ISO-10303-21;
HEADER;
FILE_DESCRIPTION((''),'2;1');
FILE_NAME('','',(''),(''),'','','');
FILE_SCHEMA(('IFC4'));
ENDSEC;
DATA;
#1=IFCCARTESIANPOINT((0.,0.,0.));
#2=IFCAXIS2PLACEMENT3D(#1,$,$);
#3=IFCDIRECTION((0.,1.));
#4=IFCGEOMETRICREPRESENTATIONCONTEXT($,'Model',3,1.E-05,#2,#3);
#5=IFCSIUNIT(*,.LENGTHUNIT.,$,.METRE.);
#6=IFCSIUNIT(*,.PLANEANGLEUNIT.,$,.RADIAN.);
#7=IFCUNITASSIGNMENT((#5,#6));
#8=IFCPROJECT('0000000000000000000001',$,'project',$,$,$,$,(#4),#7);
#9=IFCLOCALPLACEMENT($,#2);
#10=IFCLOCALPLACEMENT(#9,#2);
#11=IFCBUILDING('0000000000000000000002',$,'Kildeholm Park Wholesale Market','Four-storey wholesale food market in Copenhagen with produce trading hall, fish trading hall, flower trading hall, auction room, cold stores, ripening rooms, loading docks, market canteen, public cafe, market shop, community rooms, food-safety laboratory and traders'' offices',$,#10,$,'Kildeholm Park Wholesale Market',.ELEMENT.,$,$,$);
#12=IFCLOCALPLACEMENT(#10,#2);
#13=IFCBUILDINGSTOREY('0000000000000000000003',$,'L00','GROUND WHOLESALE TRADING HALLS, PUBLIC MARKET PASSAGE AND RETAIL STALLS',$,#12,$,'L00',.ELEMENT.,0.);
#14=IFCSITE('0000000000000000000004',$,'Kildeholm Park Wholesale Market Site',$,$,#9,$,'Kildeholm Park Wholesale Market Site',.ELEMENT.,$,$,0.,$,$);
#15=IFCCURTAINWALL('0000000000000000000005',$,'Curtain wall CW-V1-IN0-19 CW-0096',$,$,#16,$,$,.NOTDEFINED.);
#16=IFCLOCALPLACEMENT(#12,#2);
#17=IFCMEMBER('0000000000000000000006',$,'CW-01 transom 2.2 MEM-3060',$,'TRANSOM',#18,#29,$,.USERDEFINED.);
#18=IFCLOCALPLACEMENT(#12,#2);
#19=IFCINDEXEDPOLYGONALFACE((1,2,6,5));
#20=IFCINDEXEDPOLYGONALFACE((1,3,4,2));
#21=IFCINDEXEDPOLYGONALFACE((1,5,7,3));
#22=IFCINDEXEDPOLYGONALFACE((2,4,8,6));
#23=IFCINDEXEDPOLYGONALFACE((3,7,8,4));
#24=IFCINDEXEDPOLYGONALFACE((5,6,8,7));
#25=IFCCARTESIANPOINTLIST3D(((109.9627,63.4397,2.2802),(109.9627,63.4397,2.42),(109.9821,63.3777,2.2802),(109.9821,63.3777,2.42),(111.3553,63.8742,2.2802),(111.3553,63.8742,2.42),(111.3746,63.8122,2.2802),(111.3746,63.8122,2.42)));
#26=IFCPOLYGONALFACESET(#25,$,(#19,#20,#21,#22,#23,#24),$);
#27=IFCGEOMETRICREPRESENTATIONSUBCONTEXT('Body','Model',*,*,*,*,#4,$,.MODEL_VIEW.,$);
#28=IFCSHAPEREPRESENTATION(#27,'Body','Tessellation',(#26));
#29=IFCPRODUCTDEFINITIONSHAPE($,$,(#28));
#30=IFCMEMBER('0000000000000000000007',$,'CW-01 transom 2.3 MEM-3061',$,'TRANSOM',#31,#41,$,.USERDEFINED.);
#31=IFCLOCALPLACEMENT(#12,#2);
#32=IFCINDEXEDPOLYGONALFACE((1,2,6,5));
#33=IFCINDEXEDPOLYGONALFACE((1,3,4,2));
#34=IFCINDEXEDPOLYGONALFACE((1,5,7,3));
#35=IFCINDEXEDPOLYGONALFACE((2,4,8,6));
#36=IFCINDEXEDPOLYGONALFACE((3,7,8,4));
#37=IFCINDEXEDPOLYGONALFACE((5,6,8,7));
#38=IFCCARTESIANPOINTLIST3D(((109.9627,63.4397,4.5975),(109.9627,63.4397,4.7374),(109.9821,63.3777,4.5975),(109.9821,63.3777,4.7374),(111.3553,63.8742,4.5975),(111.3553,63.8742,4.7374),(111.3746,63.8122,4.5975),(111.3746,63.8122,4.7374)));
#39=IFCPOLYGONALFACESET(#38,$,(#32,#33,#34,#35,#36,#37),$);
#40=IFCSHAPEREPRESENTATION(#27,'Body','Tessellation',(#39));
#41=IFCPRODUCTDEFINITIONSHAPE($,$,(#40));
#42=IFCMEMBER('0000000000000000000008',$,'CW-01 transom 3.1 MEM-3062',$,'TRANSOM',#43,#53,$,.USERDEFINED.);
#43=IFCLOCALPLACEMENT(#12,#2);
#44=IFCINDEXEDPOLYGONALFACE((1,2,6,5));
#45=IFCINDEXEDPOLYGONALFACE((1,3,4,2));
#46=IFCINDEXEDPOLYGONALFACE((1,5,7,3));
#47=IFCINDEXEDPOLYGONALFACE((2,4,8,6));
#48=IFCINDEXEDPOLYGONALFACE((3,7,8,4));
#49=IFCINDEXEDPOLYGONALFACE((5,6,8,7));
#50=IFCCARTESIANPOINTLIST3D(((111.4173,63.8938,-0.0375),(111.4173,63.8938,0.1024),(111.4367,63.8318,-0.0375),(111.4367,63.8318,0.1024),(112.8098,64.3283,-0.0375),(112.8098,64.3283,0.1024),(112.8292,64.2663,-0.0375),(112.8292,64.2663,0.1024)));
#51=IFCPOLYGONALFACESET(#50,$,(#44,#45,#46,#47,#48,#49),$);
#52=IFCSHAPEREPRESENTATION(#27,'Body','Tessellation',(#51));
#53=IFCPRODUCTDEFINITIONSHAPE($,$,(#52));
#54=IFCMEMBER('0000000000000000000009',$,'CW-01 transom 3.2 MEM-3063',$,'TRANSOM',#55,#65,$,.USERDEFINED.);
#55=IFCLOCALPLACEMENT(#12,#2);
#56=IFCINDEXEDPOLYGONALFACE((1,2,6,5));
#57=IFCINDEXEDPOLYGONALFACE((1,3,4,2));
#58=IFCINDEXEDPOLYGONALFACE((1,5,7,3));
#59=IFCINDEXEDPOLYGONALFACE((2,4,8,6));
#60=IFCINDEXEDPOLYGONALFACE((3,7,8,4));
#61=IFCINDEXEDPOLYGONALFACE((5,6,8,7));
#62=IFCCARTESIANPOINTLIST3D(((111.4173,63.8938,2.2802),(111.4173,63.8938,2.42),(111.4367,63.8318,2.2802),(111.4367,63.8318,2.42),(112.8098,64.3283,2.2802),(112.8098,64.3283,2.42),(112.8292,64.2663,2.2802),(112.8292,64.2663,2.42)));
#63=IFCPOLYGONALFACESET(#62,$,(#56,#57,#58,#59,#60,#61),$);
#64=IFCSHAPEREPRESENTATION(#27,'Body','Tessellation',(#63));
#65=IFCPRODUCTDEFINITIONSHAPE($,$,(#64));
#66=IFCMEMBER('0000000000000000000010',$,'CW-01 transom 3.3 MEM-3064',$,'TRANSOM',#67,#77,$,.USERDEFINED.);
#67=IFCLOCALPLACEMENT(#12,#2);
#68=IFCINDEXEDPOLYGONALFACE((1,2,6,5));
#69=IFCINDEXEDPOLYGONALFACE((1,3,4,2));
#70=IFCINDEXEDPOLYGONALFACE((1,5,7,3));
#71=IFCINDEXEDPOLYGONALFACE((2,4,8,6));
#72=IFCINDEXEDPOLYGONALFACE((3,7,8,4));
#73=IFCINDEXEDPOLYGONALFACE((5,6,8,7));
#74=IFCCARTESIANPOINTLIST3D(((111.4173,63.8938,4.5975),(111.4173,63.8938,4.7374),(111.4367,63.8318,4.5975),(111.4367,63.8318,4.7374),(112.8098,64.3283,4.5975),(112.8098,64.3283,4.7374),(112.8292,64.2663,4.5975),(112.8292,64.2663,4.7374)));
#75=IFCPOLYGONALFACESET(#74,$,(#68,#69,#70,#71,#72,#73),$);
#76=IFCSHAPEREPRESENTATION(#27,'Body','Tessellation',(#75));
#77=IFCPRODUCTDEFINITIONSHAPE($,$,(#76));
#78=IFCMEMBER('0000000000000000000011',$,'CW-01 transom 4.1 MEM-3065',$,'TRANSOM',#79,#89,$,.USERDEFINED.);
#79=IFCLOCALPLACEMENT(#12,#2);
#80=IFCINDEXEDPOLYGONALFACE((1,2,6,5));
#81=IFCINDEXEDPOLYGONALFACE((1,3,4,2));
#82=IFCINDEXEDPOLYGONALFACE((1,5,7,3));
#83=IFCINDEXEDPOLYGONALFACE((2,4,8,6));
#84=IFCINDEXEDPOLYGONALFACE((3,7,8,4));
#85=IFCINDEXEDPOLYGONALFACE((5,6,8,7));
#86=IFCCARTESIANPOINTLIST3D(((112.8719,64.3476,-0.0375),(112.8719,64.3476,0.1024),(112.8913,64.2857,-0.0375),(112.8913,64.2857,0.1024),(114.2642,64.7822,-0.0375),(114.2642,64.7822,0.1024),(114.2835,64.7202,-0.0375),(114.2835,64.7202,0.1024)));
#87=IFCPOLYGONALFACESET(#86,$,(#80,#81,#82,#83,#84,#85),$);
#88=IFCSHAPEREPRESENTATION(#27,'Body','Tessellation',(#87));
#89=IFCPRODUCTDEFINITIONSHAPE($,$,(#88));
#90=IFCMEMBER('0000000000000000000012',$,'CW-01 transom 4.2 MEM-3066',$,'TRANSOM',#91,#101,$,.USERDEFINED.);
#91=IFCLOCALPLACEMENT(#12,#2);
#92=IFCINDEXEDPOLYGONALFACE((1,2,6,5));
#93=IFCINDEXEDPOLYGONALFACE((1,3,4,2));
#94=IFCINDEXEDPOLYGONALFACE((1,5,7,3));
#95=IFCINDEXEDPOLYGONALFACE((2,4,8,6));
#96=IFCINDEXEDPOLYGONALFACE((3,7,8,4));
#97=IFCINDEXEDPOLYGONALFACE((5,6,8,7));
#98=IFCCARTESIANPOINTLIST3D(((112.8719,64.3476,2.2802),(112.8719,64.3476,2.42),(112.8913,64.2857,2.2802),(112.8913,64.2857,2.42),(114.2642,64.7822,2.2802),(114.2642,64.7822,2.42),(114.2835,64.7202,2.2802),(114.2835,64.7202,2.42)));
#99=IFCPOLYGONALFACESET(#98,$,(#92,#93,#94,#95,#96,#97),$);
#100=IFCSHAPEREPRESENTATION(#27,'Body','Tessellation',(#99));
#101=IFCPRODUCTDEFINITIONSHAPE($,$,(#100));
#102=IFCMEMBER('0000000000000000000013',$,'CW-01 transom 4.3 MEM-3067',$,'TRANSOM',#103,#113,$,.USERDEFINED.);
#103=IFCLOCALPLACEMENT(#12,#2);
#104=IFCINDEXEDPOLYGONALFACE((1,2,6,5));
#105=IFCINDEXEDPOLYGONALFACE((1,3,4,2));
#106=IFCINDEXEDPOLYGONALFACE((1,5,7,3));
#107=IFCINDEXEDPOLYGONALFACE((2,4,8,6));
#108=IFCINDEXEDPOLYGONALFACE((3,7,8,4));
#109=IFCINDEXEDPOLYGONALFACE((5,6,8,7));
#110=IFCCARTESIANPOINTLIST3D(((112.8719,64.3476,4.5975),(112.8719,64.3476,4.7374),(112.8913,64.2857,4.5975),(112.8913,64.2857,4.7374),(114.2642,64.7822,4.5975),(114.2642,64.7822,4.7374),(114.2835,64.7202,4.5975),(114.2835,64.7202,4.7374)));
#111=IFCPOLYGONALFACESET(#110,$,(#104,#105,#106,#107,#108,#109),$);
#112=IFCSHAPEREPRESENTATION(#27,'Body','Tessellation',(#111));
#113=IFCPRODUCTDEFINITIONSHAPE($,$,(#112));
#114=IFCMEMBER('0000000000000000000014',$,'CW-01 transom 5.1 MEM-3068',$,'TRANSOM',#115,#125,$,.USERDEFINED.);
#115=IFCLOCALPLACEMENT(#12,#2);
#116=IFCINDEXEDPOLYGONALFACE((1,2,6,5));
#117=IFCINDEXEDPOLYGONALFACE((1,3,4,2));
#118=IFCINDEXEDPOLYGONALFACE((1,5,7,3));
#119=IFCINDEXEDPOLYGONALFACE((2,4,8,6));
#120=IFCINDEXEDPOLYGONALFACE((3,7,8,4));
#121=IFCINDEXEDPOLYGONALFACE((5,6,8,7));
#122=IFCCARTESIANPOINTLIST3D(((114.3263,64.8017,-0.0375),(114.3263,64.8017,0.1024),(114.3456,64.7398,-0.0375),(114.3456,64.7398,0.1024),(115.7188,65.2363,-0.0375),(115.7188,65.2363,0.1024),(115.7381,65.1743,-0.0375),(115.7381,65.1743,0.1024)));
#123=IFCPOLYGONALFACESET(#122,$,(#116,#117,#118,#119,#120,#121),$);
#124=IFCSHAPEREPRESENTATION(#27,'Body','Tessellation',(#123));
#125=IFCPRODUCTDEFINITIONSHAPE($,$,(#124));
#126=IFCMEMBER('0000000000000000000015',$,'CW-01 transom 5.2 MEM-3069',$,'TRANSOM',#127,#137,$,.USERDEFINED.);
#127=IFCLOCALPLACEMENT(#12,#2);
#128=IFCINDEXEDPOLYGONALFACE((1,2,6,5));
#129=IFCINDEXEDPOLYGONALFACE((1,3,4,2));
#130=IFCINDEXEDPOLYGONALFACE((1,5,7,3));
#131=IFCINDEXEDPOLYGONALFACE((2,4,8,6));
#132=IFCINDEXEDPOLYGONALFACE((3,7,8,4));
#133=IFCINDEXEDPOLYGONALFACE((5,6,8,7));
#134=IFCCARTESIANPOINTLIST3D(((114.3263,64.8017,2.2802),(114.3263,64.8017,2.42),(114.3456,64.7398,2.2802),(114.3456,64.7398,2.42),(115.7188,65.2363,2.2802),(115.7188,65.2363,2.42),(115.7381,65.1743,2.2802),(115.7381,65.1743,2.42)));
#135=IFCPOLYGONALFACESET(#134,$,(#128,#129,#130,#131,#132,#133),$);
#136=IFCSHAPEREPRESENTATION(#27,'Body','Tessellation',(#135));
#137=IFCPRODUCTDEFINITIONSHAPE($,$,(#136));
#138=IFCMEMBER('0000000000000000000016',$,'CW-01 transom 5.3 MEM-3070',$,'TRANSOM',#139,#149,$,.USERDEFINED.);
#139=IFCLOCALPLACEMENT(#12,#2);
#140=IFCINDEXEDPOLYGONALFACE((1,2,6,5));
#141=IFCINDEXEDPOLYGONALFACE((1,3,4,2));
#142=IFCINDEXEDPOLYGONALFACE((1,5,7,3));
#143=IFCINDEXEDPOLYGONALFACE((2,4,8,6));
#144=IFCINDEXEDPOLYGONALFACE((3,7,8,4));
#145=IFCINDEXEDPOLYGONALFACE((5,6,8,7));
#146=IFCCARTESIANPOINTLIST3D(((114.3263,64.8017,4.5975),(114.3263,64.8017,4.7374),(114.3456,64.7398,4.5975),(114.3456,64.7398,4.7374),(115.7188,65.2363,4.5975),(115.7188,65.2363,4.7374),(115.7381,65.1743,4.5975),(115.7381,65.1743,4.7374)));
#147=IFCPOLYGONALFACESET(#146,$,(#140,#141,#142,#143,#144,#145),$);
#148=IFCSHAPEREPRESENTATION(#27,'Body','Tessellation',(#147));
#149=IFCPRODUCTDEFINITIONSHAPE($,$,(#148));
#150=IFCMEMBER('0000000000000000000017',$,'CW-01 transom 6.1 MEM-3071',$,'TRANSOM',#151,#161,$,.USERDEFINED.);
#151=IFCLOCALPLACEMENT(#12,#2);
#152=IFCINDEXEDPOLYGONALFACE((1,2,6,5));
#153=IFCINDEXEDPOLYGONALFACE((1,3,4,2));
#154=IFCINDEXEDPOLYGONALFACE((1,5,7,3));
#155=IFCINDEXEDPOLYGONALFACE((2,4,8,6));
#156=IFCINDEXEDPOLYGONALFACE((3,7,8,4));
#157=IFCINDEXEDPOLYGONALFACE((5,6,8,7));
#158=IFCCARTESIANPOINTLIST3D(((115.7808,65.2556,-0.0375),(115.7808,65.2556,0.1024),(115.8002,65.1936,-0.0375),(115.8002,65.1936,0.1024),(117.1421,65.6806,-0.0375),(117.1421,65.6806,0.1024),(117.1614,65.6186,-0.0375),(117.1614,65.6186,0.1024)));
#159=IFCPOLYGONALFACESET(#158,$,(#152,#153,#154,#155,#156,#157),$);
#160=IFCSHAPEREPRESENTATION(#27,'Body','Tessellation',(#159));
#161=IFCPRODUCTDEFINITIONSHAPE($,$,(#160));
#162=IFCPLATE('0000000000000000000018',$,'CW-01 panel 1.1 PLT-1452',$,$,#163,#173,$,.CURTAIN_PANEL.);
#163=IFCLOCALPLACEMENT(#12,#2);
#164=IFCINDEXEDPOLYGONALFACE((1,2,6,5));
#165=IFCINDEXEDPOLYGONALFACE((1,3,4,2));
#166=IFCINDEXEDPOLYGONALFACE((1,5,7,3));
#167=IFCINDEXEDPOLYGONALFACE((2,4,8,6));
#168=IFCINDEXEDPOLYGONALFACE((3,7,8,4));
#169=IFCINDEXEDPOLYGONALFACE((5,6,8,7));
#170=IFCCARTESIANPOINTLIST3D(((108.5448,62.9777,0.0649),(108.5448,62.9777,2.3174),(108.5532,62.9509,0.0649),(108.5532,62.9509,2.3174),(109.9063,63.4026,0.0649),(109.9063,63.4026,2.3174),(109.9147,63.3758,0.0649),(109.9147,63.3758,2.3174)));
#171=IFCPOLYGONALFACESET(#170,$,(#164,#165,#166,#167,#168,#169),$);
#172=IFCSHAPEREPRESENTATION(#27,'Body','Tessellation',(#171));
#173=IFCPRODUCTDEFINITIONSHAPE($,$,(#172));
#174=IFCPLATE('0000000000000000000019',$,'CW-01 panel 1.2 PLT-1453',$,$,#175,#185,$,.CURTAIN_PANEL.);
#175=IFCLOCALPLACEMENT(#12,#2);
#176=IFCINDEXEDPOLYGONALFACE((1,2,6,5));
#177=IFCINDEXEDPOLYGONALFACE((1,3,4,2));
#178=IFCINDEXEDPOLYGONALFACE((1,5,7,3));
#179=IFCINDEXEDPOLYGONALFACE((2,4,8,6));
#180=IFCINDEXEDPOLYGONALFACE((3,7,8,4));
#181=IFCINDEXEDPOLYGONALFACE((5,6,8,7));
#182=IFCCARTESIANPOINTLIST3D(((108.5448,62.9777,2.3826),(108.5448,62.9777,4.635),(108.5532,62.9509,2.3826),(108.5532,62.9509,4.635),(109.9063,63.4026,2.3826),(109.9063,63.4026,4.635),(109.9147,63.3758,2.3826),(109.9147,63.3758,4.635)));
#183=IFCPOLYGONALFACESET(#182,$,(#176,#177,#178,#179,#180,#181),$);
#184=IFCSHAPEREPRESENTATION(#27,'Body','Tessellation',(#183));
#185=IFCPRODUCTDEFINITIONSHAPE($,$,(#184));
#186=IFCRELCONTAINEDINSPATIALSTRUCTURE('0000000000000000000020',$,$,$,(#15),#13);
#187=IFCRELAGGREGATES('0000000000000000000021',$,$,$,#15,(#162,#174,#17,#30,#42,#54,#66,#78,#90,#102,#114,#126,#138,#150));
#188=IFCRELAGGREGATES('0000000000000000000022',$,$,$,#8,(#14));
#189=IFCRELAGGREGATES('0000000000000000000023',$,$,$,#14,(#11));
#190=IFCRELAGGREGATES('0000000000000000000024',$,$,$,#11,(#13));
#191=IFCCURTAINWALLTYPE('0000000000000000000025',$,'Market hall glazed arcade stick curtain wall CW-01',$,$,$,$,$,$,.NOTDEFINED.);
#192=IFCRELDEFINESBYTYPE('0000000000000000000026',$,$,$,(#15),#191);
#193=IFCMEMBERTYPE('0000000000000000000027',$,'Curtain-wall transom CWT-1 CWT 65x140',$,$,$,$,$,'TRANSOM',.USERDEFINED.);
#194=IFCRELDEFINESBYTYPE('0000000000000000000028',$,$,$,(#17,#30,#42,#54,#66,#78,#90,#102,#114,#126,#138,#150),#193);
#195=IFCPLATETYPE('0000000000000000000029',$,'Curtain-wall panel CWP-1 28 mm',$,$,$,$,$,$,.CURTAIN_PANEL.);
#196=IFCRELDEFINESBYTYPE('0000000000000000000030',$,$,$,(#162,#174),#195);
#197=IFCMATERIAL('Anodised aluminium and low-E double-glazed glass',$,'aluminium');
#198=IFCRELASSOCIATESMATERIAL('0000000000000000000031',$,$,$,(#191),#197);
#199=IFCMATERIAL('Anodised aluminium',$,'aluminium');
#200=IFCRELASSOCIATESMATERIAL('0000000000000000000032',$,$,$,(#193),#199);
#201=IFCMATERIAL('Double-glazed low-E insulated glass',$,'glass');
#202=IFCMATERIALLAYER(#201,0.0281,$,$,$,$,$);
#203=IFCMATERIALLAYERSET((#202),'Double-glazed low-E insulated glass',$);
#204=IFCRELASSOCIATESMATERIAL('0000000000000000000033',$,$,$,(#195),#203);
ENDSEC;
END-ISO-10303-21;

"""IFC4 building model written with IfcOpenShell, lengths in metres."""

from ifc_helpers import new_model, si_unit, direction, frame, origin, origin_2d, place, context, subcontext, project, spatial, rectangle, extrude, material, layer, layer_set, material_profile, profile_set, type_object, element, aggregate, save


model = new_model("IFC4")

# Units and contexts
model_context = context("Model", 3, precision=1e-05, world=origin(), true_north=direction((0.0, 1.0)))
body_context = subcontext(model_context, "Body", "Model", "MODEL_VIEW")
ifc_project = project(units=[si_unit("LENGTHUNIT", "METRE"), si_unit("PLANEANGLEUNIT", "RADIAN")], contexts=[model_context])

# Site, building, storey
site_placement = place(None, origin())
site = spatial("IfcSite", under=ifc_project, at=site_placement, Name="Kildeholm Park Wholesale Market Site", LongName="Kildeholm Park Wholesale Market Site", CompositionType="ELEMENT", RefElevation=0.0)
building_placement = place(site_placement, origin())
building = spatial("IfcBuilding", under=site, at=building_placement, Name="Kildeholm Park Wholesale Market", Description="Four-storey wholesale food market in Copenhagen with produce trading hall, fish trading hall, flower trading hall, auction room, cold stores, ripening rooms, loading docks, market canteen, public cafe, market shop, community rooms, food-safety laboratory and traders' offices", LongName="Kildeholm Park Wholesale Market", CompositionType="ELEMENT")
storey_placement = place(building_placement, origin())
storey = spatial("IfcBuildingStorey", under=building, at=storey_placement, Name="L00", Description="GROUND WHOLESALE TRADING HALLS, PUBLIC MARKET PASSAGE AND RETAIL STALLS", LongName="L00", CompositionType="ELEMENT", Elevation=0.0)

# Curtain wall, members, plates
ifc_material_1 = material(Name="Anodised aluminium and low-E double-glazed glass", Category="aluminium")
curtain_wall_type = type_object("IfcCurtainWallType", Name="Market hall glazed arcade stick curtain wall CW-01", PredefinedType="NOTDEFINED", material=ifc_material_1)
curtain_wall_placement = place(storey_placement, origin())
curtain_wall = element("IfcCurtainWall", 1, at=curtain_wall_placement, inside=storey, type_object=curtain_wall_type, Name="Curtain wall CW-V1-IN0-19 CW-0096", PredefinedType="NOTDEFINED")
ifc_material_2 = material(Name="Anodised aluminium", Category="aluminium")
ifc_material_profile_1 = material_profile(ifc_material_2, rectangle(XDim=0.0649, YDim=0.1399, at=origin_2d()), Name="CWT 65x140")
ifc_profile_set_1 = profile_set([ifc_material_profile_1], Name="Anodised aluminium")
member_type_1 = type_object("IfcMemberType", Name="Curtain-wall transom CWT-1 CWT 65x140", ElementType="TRANSOM", PredefinedType="USERDEFINED", material=ifc_profile_set_1)
member_1_placement = place(storey_placement, frame((109.9724, 63.4087, 2.3501), z_axis=(0.954599, 0.297894, 0.0), x_axis=(-0.297894, 0.954599, 0.0)))
member_1 = element("IfcMember", 2, at=member_1_placement, type_object=member_type_1, Name="CW-01 transom 2.2 MEM-3060", ObjectType="TRANSOM", PredefinedType="USERDEFINED", context=body_context, shape_type="SweptSolid", body=[
    extrude(rectangle(XDim=0.0649, YDim=0.1399, at=origin_2d()), origin(), (0.0, 0.0, 1.0), 1.4587),
])
member_2_placement = place(storey_placement, frame((109.9724, 63.4087, 4.6675), z_axis=(0.954599, 0.297894, 0.0), x_axis=(-0.297894, 0.954599, 0.0)))
member_2 = element("IfcMember", 3, at=member_2_placement, type_object=member_type_1, Name="CW-01 transom 2.3 MEM-3061", ObjectType="TRANSOM", PredefinedType="USERDEFINED", context=body_context, shape_type="SweptSolid", body=[
    extrude(rectangle(XDim=0.0649, YDim=0.1399, at=origin_2d()), origin(), (0.0, 0.0, 1.0), 1.4587),
])
member_3_placement = place(storey_placement, frame((111.427, 63.8628, 0.0325), z_axis=(0.954599, 0.297894, 0.0), x_axis=(-0.297894, 0.954599, 0.0)))
member_3 = element("IfcMember", 4, at=member_3_placement, type_object=member_type_1, Name="CW-01 transom 3.1 MEM-3062", ObjectType="TRANSOM", PredefinedType="USERDEFINED", context=body_context, shape_type="SweptSolid", body=[
    extrude(rectangle(XDim=0.0649, YDim=0.1399, at=origin_2d()), origin(), (0.0, 0.0, 1.0), 1.4587),
])
member_4_placement = place(storey_placement, frame((111.427, 63.8628, 2.3501), z_axis=(0.954599, 0.297894, 0.0), x_axis=(-0.297894, 0.954599, 0.0)))
member_4 = element("IfcMember", 5, at=member_4_placement, type_object=member_type_1, Name="CW-01 transom 3.2 MEM-3063", ObjectType="TRANSOM", PredefinedType="USERDEFINED", context=body_context, shape_type="SweptSolid", body=[
    extrude(rectangle(XDim=0.0649, YDim=0.1399, at=origin_2d()), origin(), (0.0, 0.0, 1.0), 1.4587),
])
member_5_placement = place(storey_placement, frame((111.427, 63.8628, 4.6675), z_axis=(0.954599, 0.297894, 0.0), x_axis=(-0.297894, 0.954599, 0.0)))
member_5 = element("IfcMember", 6, at=member_5_placement, type_object=member_type_1, Name="CW-01 transom 3.3 MEM-3064", ObjectType="TRANSOM", PredefinedType="USERDEFINED", context=body_context, shape_type="SweptSolid", body=[
    extrude(rectangle(XDim=0.0649, YDim=0.1399, at=origin_2d()), origin(), (0.0, 0.0, 1.0), 1.4587),
])
member_6_placement = place(storey_placement, frame((112.8816, 64.3167, 0.0325), z_axis=(0.954584, 0.297941, 0.0), x_axis=(-0.297941, 0.954584, 0.0)))
member_6 = element("IfcMember", 7, at=member_6_placement, type_object=member_type_1, Name="CW-01 transom 4.1 MEM-3065", ObjectType="TRANSOM", PredefinedType="USERDEFINED", context=body_context, shape_type="SweptSolid", body=[
    extrude(rectangle(XDim=0.0649, YDim=0.1399, at=origin_2d()), origin(), (0.0, 0.0, 1.0), 1.4585),
])
member_7_placement = place(storey_placement, frame((112.8816, 64.3167, 2.3501), z_axis=(0.954584, 0.297941, 0.0), x_axis=(-0.297941, 0.954584, 0.0)))
member_7 = element("IfcMember", 8, at=member_7_placement, type_object=member_type_1, Name="CW-01 transom 4.2 MEM-3066", ObjectType="TRANSOM", PredefinedType="USERDEFINED", context=body_context, shape_type="SweptSolid", body=[
    extrude(rectangle(XDim=0.0649, YDim=0.1399, at=origin_2d()), origin(), (0.0, 0.0, 1.0), 1.4585),
])
member_8_placement = place(storey_placement, frame((112.8816, 64.3167, 4.6675), z_axis=(0.954584, 0.297941, 0.0), x_axis=(-0.297941, 0.954584, 0.0)))
member_8 = element("IfcMember", 9, at=member_8_placement, type_object=member_type_1, Name="CW-01 transom 4.3 MEM-3067", ObjectType="TRANSOM", PredefinedType="USERDEFINED", context=body_context, shape_type="SweptSolid", body=[
    extrude(rectangle(XDim=0.0649, YDim=0.1399, at=origin_2d()), origin(), (0.0, 0.0, 1.0), 1.4585),
])
member_9_placement = place(storey_placement, frame((114.3359, 64.7708, 0.0325), z_axis=(0.954599, 0.297894, 0.0), x_axis=(-0.297894, 0.954599, 0.0)))
member_9 = element("IfcMember", 10, at=member_9_placement, type_object=member_type_1, Name="CW-01 transom 5.1 MEM-3068", ObjectType="TRANSOM", PredefinedType="USERDEFINED", context=body_context, shape_type="SweptSolid", body=[
    extrude(rectangle(XDim=0.0649, YDim=0.1399, at=origin_2d()), origin(), (0.0, 0.0, 1.0), 1.4587),
])
member_10_placement = place(storey_placement, frame((114.3359, 64.7708, 2.3501), z_axis=(0.954599, 0.297894, 0.0), x_axis=(-0.297894, 0.954599, 0.0)))
member_10 = element("IfcMember", 11, at=member_10_placement, type_object=member_type_1, Name="CW-01 transom 5.2 MEM-3069", ObjectType="TRANSOM", PredefinedType="USERDEFINED", context=body_context, shape_type="SweptSolid", body=[
    extrude(rectangle(XDim=0.0649, YDim=0.1399, at=origin_2d()), origin(), (0.0, 0.0, 1.0), 1.4587),
])
member_11_placement = place(storey_placement, frame((114.3359, 64.7708, 4.6675), z_axis=(0.954599, 0.297894, 0.0), x_axis=(-0.297894, 0.954599, 0.0)))
member_11 = element("IfcMember", 12, at=member_11_placement, type_object=member_type_1, Name="CW-01 transom 5.3 MEM-3070", ObjectType="TRANSOM", PredefinedType="USERDEFINED", context=body_context, shape_type="SweptSolid", body=[
    extrude(rectangle(XDim=0.0649, YDim=0.1399, at=origin_2d()), origin(), (0.0, 0.0, 1.0), 1.4587),
])
member_12_placement = place(storey_placement, frame((115.7905, 65.2246, 0.0325), z_axis=(0.954553, 0.298041, 0.0), x_axis=(-0.298041, 0.954553, 0.0)))
member_12 = element("IfcMember", 13, at=member_12_placement, type_object=member_type_1, Name="CW-01 transom 6.1 MEM-3071", ObjectType="TRANSOM", PredefinedType="USERDEFINED", context=body_context, shape_type="SweptSolid", body=[
    extrude(rectangle(XDim=0.0649, YDim=0.1399, at=origin_2d()), origin(), (0.0, 0.0, 1.0), 1.426),
])
ifc_material_3 = material(Name="Double-glazed low-E insulated glass", Category="glass")
ifc_layer = layer(ifc_material_3, 0.0281)
ifc_layer_set = layer_set([ifc_layer], Name="Double-glazed low-E insulated glass")
plate_type = type_object("IfcPlateType", Name="Curtain-wall panel CWP-1 28 mm", PredefinedType="CURTAIN_PANEL", material=ifc_layer_set)
plate_1_placement = place(storey_placement, frame((109.2297, 63.1768, 0.0649), z_axis=(0.0, 0.0, 1.0), x_axis=(0.954579, 0.297957, 0.0)))
plate_1 = element("IfcPlate", 14, at=plate_1_placement, type_object=plate_type, Name="CW-01 panel 1.1 PLT-1452", PredefinedType="CURTAIN_PANEL", context=body_context, shape_type="SweptSolid", body=[
    extrude(rectangle(XDim=1.4263, YDim=0.0281, at=origin_2d()), origin(), (0.0, 0.0, 1.0), 2.2524),
])
plate_2_placement = place(storey_placement, frame((109.2297, 63.1768, 2.3826), z_axis=(0.0, 0.0, 1.0), x_axis=(0.954579, 0.297957, 0.0)))
plate_2 = element("IfcPlate", 15, at=plate_2_placement, type_object=plate_type, Name="CW-01 panel 1.2 PLT-1453", PredefinedType="CURTAIN_PANEL", context=body_context, shape_type="SweptSolid", body=[
    extrude(rectangle(XDim=1.4263, YDim=0.0281, at=origin_2d()), origin(), (0.0, 0.0, 1.0), 2.2524),
])
aggregate(curtain_wall, [plate_1, plate_2, member_1, member_2, member_3, member_4, member_5, member_6, member_7, member_8, member_9, member_10, member_11, member_12])

save(model, "model.ifc")
